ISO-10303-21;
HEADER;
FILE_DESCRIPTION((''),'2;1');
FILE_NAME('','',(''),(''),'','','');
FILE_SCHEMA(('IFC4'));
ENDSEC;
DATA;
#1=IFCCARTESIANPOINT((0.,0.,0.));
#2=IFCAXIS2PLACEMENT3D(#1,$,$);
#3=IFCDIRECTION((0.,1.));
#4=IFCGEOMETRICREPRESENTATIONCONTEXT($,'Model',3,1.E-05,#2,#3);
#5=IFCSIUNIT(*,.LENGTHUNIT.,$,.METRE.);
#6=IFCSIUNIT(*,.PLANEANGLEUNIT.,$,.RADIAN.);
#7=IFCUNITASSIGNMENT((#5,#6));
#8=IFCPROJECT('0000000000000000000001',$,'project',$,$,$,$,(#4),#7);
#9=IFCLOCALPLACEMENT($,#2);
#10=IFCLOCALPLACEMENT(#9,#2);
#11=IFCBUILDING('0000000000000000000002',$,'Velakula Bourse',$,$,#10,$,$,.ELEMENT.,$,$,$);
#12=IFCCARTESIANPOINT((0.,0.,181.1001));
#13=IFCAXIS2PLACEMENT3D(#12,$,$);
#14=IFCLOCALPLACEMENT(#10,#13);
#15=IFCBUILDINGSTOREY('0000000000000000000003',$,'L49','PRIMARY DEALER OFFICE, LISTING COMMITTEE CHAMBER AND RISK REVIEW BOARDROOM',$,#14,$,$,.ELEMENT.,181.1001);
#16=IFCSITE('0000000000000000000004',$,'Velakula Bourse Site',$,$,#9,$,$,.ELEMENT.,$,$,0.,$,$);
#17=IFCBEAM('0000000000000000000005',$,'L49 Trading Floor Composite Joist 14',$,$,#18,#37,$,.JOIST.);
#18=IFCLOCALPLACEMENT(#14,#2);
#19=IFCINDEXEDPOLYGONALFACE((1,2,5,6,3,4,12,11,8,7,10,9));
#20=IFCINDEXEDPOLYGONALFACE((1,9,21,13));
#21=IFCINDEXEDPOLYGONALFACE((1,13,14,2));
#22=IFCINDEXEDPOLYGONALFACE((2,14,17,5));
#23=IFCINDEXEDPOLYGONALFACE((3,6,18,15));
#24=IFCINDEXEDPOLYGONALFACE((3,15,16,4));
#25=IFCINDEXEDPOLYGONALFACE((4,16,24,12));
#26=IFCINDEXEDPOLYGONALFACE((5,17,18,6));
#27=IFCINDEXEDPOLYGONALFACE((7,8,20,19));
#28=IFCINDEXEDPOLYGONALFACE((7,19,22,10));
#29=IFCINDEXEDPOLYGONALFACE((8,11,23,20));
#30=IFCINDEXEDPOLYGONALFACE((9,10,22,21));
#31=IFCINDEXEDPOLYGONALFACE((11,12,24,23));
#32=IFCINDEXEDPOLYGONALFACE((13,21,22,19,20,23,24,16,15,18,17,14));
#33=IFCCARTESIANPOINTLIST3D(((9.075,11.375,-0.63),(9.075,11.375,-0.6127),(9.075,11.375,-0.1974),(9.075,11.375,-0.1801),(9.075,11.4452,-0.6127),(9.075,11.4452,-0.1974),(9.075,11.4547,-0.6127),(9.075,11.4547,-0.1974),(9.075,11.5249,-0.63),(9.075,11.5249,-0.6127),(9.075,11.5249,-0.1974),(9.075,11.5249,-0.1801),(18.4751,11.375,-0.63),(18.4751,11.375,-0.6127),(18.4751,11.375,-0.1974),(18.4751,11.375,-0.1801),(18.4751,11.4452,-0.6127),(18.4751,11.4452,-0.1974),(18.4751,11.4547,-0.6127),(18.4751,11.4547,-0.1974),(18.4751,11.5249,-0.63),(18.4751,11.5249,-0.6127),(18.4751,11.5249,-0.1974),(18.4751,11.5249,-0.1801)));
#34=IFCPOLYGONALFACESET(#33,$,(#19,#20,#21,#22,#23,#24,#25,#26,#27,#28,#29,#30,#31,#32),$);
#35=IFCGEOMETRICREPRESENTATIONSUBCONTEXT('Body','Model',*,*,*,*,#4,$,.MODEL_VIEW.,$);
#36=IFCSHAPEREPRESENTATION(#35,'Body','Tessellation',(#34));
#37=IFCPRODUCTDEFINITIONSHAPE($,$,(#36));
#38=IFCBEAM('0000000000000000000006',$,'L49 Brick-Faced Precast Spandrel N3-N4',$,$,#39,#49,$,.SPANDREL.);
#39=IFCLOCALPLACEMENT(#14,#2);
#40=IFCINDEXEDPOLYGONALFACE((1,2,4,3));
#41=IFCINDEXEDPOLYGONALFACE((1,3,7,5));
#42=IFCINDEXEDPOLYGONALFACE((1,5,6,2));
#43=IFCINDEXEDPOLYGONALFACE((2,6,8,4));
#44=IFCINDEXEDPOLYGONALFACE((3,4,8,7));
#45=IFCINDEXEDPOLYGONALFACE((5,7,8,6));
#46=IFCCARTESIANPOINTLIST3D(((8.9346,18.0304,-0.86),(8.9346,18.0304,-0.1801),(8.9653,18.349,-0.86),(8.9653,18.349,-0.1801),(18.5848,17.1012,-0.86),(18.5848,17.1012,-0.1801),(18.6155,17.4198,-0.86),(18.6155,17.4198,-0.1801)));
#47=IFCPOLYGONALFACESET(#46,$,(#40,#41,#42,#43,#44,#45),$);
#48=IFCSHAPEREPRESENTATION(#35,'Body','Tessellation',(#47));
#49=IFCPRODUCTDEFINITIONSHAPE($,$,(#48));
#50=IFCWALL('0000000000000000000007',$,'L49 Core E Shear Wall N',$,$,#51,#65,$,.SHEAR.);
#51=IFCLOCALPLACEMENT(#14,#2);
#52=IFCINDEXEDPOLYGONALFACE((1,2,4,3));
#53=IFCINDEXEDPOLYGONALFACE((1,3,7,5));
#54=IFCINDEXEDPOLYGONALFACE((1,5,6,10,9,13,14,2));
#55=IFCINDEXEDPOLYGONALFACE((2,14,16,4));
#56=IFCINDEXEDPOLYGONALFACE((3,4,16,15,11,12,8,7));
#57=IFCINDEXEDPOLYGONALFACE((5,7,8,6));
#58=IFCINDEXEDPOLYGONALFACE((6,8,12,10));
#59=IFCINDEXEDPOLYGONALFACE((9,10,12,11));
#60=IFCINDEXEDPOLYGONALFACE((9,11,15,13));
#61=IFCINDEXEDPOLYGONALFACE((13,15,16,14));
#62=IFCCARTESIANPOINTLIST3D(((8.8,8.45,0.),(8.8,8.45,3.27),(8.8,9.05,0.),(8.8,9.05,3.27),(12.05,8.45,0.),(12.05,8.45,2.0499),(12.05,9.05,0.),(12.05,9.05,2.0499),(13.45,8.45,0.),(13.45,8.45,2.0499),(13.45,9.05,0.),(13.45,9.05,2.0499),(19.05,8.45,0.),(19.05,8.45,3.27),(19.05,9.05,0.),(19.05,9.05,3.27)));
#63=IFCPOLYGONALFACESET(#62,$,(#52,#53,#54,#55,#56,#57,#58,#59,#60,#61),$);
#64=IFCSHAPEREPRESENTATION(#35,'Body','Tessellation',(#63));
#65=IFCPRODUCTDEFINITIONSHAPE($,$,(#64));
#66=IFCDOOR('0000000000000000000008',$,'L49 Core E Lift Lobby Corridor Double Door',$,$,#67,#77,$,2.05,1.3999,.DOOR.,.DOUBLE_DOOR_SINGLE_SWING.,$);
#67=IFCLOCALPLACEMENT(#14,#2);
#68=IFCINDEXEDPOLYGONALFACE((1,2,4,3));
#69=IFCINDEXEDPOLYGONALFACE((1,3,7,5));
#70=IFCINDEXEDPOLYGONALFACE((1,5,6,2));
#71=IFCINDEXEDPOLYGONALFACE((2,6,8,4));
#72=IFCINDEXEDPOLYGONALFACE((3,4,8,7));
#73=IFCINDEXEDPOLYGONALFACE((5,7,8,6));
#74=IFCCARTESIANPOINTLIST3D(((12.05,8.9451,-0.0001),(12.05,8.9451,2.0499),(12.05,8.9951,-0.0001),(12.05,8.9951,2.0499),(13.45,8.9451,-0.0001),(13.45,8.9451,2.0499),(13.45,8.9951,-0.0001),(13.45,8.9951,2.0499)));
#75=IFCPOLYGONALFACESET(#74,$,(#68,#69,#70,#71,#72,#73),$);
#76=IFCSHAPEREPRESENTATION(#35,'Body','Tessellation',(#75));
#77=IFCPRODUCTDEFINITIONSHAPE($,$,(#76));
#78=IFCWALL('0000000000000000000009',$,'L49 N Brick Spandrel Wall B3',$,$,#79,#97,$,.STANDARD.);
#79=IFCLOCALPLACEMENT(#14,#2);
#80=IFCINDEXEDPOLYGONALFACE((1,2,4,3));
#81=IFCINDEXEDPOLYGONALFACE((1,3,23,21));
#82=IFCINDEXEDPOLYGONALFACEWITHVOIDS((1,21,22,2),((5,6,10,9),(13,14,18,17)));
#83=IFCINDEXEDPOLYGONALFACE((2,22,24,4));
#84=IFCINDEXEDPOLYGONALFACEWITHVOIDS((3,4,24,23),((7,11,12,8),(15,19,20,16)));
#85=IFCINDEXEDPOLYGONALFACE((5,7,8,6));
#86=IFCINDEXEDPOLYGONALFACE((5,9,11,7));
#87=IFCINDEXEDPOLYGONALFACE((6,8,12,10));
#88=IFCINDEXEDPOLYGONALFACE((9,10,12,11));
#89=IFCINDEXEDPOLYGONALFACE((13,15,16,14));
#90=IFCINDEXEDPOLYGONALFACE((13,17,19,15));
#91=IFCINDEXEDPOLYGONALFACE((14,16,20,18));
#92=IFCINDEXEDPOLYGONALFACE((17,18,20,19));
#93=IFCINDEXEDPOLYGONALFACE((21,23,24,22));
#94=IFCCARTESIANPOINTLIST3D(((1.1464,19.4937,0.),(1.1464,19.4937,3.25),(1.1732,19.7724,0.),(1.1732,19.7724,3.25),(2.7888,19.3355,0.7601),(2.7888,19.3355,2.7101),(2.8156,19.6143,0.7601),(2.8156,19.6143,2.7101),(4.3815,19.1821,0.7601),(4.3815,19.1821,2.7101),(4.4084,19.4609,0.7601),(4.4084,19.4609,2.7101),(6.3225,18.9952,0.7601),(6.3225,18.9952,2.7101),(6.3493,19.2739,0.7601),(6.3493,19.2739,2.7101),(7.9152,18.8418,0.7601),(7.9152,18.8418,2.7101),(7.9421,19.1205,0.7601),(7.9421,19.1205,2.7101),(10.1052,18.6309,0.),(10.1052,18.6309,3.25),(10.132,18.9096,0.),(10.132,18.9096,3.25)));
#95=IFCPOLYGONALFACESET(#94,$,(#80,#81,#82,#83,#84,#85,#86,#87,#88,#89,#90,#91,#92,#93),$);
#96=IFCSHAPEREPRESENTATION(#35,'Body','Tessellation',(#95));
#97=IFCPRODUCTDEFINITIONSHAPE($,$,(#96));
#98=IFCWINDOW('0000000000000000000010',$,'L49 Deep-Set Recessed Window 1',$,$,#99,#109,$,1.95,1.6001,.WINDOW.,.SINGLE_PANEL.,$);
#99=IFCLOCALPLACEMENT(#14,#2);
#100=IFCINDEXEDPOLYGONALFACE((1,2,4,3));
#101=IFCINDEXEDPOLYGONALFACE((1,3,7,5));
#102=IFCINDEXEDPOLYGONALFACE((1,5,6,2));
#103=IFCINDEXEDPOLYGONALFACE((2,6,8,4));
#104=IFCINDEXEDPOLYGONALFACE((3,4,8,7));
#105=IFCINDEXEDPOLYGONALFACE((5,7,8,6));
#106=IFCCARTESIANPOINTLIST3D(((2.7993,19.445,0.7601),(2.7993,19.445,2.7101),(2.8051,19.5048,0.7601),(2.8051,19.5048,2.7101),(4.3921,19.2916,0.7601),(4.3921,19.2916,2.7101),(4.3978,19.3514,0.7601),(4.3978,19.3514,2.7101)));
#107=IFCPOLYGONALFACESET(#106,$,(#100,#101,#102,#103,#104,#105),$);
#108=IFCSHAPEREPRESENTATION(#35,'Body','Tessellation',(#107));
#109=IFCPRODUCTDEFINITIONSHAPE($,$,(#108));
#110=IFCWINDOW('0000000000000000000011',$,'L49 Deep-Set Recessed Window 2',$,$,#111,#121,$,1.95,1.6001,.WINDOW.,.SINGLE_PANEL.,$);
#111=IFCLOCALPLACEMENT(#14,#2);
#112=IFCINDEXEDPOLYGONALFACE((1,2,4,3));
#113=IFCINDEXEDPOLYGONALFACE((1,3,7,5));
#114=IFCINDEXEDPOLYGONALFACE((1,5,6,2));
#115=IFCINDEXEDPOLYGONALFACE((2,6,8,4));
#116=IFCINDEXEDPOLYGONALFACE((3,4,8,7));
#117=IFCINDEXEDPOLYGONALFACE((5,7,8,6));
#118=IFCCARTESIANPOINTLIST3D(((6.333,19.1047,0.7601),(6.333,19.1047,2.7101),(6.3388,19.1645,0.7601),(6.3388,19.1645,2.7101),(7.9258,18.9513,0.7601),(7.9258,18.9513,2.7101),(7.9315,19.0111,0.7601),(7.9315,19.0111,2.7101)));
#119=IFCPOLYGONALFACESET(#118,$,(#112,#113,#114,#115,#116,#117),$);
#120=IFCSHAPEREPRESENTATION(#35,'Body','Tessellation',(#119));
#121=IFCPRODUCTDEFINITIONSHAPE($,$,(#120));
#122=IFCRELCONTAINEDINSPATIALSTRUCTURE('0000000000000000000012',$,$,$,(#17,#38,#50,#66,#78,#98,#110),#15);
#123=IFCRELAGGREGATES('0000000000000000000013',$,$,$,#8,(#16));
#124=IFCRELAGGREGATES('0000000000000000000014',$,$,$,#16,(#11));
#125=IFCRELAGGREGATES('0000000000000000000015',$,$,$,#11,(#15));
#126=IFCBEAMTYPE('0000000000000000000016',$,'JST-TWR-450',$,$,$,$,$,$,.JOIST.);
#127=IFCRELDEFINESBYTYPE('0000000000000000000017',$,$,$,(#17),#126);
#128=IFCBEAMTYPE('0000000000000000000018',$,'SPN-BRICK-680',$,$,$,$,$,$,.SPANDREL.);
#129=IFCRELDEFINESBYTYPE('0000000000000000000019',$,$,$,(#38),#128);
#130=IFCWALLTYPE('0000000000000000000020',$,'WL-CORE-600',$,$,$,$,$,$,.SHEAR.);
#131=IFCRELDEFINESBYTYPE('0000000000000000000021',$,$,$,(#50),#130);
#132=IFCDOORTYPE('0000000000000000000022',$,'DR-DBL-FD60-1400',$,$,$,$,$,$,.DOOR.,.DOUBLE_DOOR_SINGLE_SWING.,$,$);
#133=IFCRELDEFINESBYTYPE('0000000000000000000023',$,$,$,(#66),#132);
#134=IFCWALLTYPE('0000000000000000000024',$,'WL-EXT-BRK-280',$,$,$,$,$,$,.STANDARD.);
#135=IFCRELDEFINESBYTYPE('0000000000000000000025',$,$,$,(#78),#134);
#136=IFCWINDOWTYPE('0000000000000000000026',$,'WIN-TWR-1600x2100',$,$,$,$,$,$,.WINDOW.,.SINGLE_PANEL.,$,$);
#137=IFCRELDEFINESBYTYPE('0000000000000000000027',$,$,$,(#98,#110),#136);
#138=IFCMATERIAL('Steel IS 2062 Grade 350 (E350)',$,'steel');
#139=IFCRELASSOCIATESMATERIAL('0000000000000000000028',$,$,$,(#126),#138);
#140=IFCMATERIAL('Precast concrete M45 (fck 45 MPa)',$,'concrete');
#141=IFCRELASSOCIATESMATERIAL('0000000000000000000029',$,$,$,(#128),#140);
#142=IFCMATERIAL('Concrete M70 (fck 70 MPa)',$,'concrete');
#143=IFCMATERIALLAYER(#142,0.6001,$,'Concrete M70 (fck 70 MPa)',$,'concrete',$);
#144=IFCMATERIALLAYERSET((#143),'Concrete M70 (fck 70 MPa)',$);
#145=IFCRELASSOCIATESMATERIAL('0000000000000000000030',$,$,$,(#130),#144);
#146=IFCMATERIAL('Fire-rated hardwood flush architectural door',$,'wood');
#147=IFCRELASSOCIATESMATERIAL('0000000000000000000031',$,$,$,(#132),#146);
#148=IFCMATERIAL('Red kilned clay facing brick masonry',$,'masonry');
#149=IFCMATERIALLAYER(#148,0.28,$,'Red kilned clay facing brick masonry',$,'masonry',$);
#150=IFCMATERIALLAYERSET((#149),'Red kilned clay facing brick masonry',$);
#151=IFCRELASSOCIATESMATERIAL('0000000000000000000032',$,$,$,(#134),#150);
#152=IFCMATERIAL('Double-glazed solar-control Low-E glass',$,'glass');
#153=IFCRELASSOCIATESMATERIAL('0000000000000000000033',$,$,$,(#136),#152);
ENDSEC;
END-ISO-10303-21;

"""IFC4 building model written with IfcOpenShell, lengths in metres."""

from ifc_helpers import new_model, si_unit, direction, frame, frame_2d, origin, origin_2d, place, context, subcontext, project, spatial, rectangle, i_section, extrude, material, layer, layer_set, material_profile, profile_set, type_object, element, fill, save


model = new_model("IFC4")

# Units and contexts
model_context = context("Model", 3, precision=1e-05, world=origin(), true_north=direction((0.0, 1.0)))
body_context = subcontext(model_context, "Body", "Model", "MODEL_VIEW")
ifc_project = project(units=[si_unit("LENGTHUNIT", "METRE"), si_unit("PLANEANGLEUNIT", "RADIAN")], contexts=[model_context])

# Site, building, storey
site_placement = place(None, origin())
site = spatial("IfcSite", under=ifc_project, at=site_placement, Name="Velakula Bourse Site", CompositionType="ELEMENT", RefElevation=0.0)
building_placement = place(site_placement, origin())
building = spatial("IfcBuilding", under=site, at=building_placement, Name="Velakula Bourse", CompositionType="ELEMENT")
storey_placement = place(building_placement, frame((0.0, 0.0, 181.1001)))
storey = spatial("IfcBuildingStorey", under=building, at=storey_placement, Name="L49", Description="PRIMARY DEALER OFFICE, LISTING COMMITTEE CHAMBER AND RISK REVIEW BOARDROOM", CompositionType="ELEMENT", Elevation=181.1001)

# Shared definitions
ifc_material_1 = material(Name="Concrete M70 (fck 70 MPa)", Category="concrete")
ifc_material_2 = material(Name="Steel IS 2062 Grade 350 (E350)", Category="steel")

# Beams
ifc_material_profile_1 = material_profile(ifc_material_2, i_section(OverallWidth=0.1499, OverallDepth=0.45, WebThickness=0.0095, FlangeThickness=0.0173, at=origin_2d()), Name="Steel IS 2062 Grade 350 (E350)")
ifc_profile_set_1 = profile_set([ifc_material_profile_1], Name="Steel IS 2062 Grade 350 (E350)")
beam_type_1 = type_object("IfcBeamType", Name="JST-TWR-450", PredefinedType="JOIST", material=ifc_profile_set_1)
beam_1_placement = place(storey_placement, frame((9.075, 11.45, -0.405), z_axis=(1.0, 0.0, 0.0), x_axis=(0.0, 1.0, 0.0)))
element("IfcBeam", 1, at=beam_1_placement, inside=storey, type_object=beam_type_1, Name="L49 Trading Floor Composite Joist 14", PredefinedType="JOIST", context=body_context, shape_type="SweptSolid", body=[
    extrude(i_section(OverallWidth=0.1499, OverallDepth=0.45, WebThickness=0.0095, FlangeThickness=0.0173, at=origin_2d()), origin(), (0.0, 0.0, 1.0), 9.4001),
])
ifc_material_3 = material(Name="Precast concrete M45 (fck 45 MPa)", Category="concrete")
ifc_material_profile_2 = material_profile(ifc_material_3, rectangle(XDim=0.3201, YDim=0.6799, at=origin_2d()), Name="Precast concrete M45 (fck 45 MPa)")
ifc_profile_set_2 = profile_set([ifc_material_profile_2], Name="Precast concrete M45 (fck 45 MPa)")
beam_type_2 = type_object("IfcBeamType", Name="SPN-BRICK-680", PredefinedType="SPANDREL", material=ifc_profile_set_2)
beam_2_placement = place(storey_placement, frame((8.95, 18.1897, -0.52), z_axis=(0.995396, -0.095845, 0.0), x_axis=(0.095845, 0.995396, 0.0)))
element("IfcBeam", 2, at=beam_2_placement, inside=storey, type_object=beam_type_2, Name="L49 Brick-Faced Precast Spandrel N3-N4", PredefinedType="SPANDREL", context=body_context, shape_type="SweptSolid", body=[
    extrude(rectangle(XDim=0.3201, YDim=0.6799, at=origin_2d()), origin(), (0.0, 0.0, 1.0), 9.6948),
])

# Wall, opening, door
ifc_layer_1 = layer(ifc_material_1, 0.6001, Name="Concrete M70 (fck 70 MPa)", Category="concrete")
ifc_layer_set_1 = layer_set([ifc_layer_1], Name="Concrete M70 (fck 70 MPa)")
wall_type_1 = type_object("IfcWallType", Name="WL-CORE-600", PredefinedType="SHEAR", material=ifc_layer_set_1)
wall_1_placement = place(storey_placement, frame((8.8, 8.75, 0.0), z_axis=(0.0, 0.0, 1.0), x_axis=(1.0, 0.0, 0.0)))
wall_1 = element("IfcWall", 3, at=wall_1_placement, inside=storey, type_object=wall_type_1, Name="L49 Core E Shear Wall N", PredefinedType="SHEAR", context=body_context, shape_type="SweptSolid", body=[
    extrude(rectangle(XDim=10.25, YDim=0.6001, at=frame_2d((5.125, 0.0))), origin(), (0.0, 0.0, 1.0), 3.27),
])
opening_1_placement = place(wall_1_placement, frame((3.25, 0.0, 0.0)))
opening_1 = element("IfcOpeningElement", 4, at=opening_1_placement, cuts=wall_1, PredefinedType="OPENING", context=body_context, shape_type="SweptSolid", body=[
    extrude(rectangle(XDim=1.3999, YDim=2.05, at=frame_2d((0.7, 1.0249))), frame((0.0, 0.3101, 0.0), z_axis=(0.0, -1.0, 0.0), x_axis=(1.0, 0.0, 0.0)), (0.0, 0.0, 1.0), 0.6201),
])
ifc_material_4 = material(Name="Fire-rated hardwood flush architectural door", Category="wood")
door_type = type_object("IfcDoorType", Name="DR-DBL-FD60-1400", OperationType="DOUBLE_DOOR_SINGLE_SWING", PredefinedType="DOOR", material=ifc_material_4)
door_placement = place(opening_1_placement, origin())
door = element("IfcDoor", 5, at=door_placement, inside=storey, type_object=door_type, Name="L49 Core E Lift Lobby Corridor Double Door", OperationType="DOUBLE_DOOR_SINGLE_SWING", OverallHeight=2.05, OverallWidth=1.3999, PredefinedType="DOOR", context=body_context, shape_type="SweptSolid", body=[
    extrude(rectangle(XDim=1.3999, YDim=2.05, at=frame_2d((0.7, 1.0249))), frame((0.0, 0.2451, 0.0), z_axis=(0.0, -1.0, 0.0), x_axis=(1.0, 0.0, 0.0)), (0.0, 0.0, 1.0), 0.05),
])
fill(opening_1, door)

# Wall, openings, windows
ifc_material_5 = material(Name="Red kilned clay facing brick masonry", Category="masonry")
ifc_layer_2 = layer(ifc_material_5, 0.28, Name="Red kilned clay facing brick masonry", Category="masonry")
ifc_layer_set_2 = layer_set([ifc_layer_2], Name="Red kilned clay facing brick masonry")
wall_type_2 = type_object("IfcWallType", Name="WL-EXT-BRK-280", PredefinedType="STANDARD", material=ifc_layer_set_2)
wall_2_placement = place(storey_placement, frame((1.1599, 19.6331, 0.0), z_axis=(0.0, 0.0, 1.0), x_axis=(0.995394, -0.095864, 0.0)))
wall_2 = element("IfcWall", 6, at=wall_2_placement, inside=storey, type_object=wall_type_2, Name="L49 N Brick Spandrel Wall B3", PredefinedType="STANDARD", context=body_context, shape_type="SweptSolid", body=[
    extrude(rectangle(XDim=9.0002, YDim=0.28, at=frame_2d((4.5, 0.0))), origin(), (0.0, 0.0, 1.0), 3.25),
])
opening_2_placement = place(wall_2_placement, frame((1.6499, 0.0, 0.76)))
opening_2 = element("IfcOpeningElement", 7, at=opening_2_placement, cuts=wall_2, PredefinedType="OPENING", context=body_context, shape_type="SweptSolid", body=[
    extrude(rectangle(XDim=1.6001, YDim=1.95, at=frame_2d((0.8, 0.9751))), frame((0.0, 0.1499, 0.0), z_axis=(0.0, -1.0, 0.0), x_axis=(1.0, 0.0, 0.0)), (0.0, 0.0, 1.0), 0.3),
])
opening_3_placement = place(wall_2_placement, frame((5.2, 0.0, 0.76)))
opening_3 = element("IfcOpeningElement", 8, at=opening_3_placement, cuts=wall_2, PredefinedType="OPENING", context=body_context, shape_type="SweptSolid", body=[
    extrude(rectangle(XDim=1.6001, YDim=1.95, at=frame_2d((0.8, 0.9751))), frame((0.0, 0.1499, 0.0), z_axis=(0.0, -1.0, 0.0), x_axis=(1.0, 0.0, 0.0)), (0.0, 0.0, 1.0), 0.3),
])
ifc_material_6 = material(Name="Double-glazed solar-control Low-E glass", Category="glass")
window_type = type_object("IfcWindowType", Name="WIN-TWR-1600x2100", PartitioningType="SINGLE_PANEL", PredefinedType="WINDOW", material=ifc_material_6)
window_1_placement = place(opening_2_placement, origin())
window_1 = element("IfcWindow", 9, at=window_1_placement, inside=storey, type_object=window_type, Name="L49 Deep-Set Recessed Window 1", OverallHeight=1.95, OverallWidth=1.6001, PartitioningType="SINGLE_PANEL", PredefinedType="WINDOW", context=body_context, shape_type="SweptSolid", body=[
    extrude(rectangle(XDim=1.6001, YDim=1.95, at=frame_2d((0.8, 0.9751))), frame((0.0, 0.03, 0.0), z_axis=(0.0, -1.0, 0.0), x_axis=(1.0, 0.0, 0.0)), (0.0, 0.0, 1.0), 0.0601),
])
fill(opening_2, window_1)
window_2_placement = place(opening_3_placement, origin())
window_2 = element("IfcWindow", 10, at=window_2_placement, inside=storey, type_object=window_type, Name="L49 Deep-Set Recessed Window 2", OverallHeight=1.95, OverallWidth=1.6001, PartitioningType="SINGLE_PANEL", PredefinedType="WINDOW", context=body_context, shape_type="SweptSolid", body=[
    extrude(rectangle(XDim=1.6001, YDim=1.95, at=frame_2d((0.8, 0.9751))), frame((0.0, 0.03, 0.0), z_axis=(0.0, -1.0, 0.0), x_axis=(1.0, 0.0, 0.0)), (0.0, 0.0, 1.0), 0.0601),
])
fill(opening_3, window_2)

save(model, "model.ifc")
